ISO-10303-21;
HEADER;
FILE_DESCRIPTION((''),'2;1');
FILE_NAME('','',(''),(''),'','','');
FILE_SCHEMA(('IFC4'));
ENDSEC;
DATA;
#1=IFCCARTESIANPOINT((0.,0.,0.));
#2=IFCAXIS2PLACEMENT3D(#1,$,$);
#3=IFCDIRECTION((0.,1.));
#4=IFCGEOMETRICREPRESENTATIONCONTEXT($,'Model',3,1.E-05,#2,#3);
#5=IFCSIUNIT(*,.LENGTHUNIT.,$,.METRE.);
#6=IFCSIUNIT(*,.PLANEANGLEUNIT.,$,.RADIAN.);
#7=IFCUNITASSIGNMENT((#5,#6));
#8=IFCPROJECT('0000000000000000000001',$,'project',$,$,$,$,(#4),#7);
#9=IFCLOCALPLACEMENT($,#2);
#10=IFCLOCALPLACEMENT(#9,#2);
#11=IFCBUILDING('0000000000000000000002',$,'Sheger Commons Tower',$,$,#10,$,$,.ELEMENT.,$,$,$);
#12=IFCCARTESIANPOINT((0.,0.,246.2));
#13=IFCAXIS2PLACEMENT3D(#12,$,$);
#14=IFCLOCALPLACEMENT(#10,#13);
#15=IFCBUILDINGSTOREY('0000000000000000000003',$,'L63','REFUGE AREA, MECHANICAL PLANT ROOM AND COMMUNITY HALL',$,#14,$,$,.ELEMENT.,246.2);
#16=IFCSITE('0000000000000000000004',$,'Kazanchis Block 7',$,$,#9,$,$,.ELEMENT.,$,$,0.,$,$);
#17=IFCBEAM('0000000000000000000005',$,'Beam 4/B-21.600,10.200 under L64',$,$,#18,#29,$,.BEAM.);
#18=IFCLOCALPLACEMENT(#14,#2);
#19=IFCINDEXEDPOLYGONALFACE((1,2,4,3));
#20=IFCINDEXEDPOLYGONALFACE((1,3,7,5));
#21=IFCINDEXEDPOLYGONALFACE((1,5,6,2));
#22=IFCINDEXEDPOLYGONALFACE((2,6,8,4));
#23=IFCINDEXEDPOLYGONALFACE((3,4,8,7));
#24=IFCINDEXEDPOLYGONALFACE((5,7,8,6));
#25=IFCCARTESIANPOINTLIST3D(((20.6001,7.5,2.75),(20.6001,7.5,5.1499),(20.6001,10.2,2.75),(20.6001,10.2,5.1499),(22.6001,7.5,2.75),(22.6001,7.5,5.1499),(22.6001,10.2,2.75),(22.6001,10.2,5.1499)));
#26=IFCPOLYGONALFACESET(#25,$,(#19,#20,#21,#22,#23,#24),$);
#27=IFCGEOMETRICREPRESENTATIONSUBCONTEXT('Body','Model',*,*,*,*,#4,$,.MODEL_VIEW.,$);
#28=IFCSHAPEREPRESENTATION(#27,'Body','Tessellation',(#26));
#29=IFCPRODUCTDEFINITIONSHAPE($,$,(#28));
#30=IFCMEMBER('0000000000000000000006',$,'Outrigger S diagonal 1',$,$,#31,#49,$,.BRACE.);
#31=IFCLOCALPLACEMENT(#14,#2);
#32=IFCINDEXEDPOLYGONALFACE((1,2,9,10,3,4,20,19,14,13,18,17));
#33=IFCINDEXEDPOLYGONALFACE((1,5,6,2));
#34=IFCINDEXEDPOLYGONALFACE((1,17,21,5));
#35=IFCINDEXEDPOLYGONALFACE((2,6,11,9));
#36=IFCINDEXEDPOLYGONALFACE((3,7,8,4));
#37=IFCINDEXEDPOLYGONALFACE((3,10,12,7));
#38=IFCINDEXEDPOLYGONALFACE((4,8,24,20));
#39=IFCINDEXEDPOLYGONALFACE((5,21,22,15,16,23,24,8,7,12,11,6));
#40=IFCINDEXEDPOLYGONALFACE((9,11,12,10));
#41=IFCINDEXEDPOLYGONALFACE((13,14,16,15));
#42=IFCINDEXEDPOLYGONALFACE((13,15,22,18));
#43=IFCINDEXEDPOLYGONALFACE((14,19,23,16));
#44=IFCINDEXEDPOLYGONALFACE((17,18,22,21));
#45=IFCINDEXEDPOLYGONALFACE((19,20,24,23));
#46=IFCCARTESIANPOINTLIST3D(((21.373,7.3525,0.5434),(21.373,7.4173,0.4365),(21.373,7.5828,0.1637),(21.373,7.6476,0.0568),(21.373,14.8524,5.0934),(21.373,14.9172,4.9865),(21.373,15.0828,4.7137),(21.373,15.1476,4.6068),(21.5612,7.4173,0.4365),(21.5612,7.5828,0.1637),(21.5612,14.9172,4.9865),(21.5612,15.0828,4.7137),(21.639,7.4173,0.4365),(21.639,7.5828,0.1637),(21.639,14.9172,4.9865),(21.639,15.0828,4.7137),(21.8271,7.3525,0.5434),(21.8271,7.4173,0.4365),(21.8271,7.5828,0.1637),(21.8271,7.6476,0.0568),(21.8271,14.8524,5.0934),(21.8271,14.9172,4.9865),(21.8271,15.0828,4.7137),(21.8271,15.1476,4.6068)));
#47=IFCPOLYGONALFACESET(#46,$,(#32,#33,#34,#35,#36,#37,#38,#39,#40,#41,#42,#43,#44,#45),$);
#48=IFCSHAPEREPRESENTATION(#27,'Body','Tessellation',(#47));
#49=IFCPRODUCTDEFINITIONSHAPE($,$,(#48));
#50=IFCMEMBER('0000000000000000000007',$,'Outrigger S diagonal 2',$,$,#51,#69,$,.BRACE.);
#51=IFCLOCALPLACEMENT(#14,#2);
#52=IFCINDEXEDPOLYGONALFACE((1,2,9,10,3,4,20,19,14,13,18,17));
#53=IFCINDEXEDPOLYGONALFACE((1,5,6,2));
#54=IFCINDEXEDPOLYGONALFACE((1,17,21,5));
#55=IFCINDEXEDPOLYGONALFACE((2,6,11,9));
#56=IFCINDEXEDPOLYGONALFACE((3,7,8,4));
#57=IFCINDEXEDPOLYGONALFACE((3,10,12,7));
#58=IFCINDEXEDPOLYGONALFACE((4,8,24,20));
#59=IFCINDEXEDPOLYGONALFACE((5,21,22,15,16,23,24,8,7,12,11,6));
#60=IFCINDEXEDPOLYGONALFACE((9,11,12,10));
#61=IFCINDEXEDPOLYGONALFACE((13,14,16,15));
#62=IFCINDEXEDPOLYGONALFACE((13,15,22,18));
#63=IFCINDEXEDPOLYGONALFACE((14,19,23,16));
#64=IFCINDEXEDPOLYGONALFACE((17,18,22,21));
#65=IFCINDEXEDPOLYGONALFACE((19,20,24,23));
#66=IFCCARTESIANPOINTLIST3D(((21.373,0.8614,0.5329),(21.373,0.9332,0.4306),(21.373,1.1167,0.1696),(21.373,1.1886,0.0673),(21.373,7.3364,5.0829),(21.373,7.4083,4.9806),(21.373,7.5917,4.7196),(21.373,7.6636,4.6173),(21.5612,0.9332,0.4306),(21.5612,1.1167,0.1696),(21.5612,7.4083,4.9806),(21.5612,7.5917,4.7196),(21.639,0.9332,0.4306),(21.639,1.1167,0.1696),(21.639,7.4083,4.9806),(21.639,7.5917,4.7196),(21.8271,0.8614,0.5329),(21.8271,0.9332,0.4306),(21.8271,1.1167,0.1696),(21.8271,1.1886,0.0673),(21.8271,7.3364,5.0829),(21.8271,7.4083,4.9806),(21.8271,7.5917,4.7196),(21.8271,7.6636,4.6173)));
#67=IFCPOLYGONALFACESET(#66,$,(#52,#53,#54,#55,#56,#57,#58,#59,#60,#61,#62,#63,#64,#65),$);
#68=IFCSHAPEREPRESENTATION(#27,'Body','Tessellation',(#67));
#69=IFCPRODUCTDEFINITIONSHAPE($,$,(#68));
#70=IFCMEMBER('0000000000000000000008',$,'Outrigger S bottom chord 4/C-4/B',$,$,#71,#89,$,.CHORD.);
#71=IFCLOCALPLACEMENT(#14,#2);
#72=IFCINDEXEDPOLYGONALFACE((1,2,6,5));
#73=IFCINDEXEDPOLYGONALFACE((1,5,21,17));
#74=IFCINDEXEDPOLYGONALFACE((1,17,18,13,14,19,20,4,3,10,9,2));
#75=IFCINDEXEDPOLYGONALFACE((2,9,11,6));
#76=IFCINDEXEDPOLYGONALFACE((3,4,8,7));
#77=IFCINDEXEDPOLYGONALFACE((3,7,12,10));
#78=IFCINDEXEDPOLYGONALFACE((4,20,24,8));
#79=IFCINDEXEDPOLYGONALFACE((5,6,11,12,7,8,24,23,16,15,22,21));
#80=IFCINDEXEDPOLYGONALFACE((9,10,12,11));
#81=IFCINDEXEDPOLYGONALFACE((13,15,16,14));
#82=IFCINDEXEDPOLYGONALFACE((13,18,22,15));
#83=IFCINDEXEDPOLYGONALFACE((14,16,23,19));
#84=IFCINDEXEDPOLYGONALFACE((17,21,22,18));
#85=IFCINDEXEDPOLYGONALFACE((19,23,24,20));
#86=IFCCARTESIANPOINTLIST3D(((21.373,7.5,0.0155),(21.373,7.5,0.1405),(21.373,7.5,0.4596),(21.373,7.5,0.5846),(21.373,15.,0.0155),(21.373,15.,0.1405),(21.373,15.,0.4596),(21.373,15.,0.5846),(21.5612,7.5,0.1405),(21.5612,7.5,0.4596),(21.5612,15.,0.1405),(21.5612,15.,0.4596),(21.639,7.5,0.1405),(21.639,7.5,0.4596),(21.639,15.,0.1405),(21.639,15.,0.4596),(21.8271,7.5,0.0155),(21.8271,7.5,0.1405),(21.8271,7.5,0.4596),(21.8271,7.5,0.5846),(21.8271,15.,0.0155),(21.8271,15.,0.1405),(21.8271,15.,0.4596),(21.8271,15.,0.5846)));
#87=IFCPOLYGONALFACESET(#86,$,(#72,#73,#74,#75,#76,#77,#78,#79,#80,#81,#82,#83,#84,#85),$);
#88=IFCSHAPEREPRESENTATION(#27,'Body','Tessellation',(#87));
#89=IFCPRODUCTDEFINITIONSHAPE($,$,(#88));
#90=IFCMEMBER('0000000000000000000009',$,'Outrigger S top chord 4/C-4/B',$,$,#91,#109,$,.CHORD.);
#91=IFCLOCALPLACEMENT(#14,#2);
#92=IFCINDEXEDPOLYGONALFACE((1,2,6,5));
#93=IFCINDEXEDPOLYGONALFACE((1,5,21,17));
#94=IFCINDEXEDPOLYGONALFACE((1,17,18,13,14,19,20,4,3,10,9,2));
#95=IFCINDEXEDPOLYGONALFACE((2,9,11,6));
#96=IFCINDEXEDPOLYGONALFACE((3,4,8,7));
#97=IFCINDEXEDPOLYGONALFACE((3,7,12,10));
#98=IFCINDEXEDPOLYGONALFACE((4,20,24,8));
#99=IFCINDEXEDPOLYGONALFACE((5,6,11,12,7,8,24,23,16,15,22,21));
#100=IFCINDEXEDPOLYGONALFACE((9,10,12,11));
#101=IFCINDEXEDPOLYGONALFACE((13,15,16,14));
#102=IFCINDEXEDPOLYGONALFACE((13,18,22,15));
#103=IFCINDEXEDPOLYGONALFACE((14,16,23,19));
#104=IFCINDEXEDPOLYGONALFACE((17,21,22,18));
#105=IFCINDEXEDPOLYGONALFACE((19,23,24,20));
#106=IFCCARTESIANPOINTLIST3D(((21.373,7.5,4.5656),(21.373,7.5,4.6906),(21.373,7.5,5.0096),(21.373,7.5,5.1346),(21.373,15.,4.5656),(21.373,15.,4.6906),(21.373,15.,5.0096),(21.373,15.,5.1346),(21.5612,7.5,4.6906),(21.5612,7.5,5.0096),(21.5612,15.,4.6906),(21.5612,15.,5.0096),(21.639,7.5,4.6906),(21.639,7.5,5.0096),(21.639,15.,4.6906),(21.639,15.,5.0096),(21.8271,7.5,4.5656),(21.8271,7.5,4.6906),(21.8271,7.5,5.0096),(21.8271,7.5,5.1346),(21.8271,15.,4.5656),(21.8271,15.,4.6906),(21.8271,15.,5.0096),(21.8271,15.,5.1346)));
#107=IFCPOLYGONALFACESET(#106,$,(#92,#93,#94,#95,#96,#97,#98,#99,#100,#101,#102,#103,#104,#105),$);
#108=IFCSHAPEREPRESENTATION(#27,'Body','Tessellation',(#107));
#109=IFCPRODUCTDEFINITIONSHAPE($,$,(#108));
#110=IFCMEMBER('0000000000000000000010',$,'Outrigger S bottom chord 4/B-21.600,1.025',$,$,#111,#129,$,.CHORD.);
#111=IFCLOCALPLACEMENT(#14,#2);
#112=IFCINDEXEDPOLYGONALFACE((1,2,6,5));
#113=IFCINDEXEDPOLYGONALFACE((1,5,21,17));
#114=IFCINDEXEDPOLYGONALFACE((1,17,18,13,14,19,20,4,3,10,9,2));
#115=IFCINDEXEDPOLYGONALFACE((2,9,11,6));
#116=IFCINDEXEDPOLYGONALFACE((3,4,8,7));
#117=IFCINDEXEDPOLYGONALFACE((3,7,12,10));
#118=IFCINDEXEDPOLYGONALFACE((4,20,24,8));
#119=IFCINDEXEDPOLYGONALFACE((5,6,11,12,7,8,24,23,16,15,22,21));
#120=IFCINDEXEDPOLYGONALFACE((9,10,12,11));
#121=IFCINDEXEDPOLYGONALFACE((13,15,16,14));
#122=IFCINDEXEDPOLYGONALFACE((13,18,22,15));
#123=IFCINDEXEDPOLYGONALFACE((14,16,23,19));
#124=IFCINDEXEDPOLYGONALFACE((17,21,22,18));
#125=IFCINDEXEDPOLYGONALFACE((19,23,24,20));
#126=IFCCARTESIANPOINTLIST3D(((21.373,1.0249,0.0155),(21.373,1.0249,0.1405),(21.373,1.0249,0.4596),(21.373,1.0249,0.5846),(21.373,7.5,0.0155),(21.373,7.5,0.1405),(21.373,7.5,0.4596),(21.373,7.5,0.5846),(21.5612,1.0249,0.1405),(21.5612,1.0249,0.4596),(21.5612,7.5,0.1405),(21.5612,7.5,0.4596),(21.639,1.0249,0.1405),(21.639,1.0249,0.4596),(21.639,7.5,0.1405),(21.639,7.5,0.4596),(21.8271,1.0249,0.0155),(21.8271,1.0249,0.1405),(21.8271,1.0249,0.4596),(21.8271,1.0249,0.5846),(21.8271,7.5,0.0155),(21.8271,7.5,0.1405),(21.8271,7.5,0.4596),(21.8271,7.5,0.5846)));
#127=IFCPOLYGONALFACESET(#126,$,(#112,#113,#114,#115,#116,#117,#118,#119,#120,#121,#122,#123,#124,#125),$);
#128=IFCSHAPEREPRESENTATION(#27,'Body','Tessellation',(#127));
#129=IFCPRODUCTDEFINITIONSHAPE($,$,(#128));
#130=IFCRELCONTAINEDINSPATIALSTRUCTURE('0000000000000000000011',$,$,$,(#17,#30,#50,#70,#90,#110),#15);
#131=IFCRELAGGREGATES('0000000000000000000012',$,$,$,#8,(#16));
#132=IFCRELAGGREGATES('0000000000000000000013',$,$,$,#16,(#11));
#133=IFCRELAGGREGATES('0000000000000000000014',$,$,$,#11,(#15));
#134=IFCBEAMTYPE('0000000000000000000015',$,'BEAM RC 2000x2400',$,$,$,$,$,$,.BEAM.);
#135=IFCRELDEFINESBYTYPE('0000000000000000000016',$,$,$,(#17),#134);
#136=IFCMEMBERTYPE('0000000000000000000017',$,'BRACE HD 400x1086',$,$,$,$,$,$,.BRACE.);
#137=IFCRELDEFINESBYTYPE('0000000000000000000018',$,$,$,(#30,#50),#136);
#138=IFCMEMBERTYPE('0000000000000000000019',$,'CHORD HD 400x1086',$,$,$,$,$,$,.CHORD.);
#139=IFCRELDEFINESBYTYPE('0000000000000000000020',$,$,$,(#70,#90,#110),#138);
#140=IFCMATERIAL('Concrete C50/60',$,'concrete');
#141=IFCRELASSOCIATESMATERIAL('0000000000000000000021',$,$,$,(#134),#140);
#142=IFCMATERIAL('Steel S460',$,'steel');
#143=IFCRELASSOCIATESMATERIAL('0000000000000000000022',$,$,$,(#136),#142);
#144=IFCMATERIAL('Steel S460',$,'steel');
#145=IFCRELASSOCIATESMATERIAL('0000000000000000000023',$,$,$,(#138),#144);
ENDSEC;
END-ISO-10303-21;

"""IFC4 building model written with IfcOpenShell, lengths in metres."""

from ifc_helpers import new_model, si_unit, direction, frame, origin, origin_2d, place, context, subcontext, project, spatial, rectangle, i_section, extrude, material, material_profile, profile_set, type_object, element, save


model = new_model("IFC4")

# Units and contexts
model_context = context("Model", 3, precision=1e-05, world=origin(), true_north=direction((0.0, 1.0)))
body_context = subcontext(model_context, "Body", "Model", "MODEL_VIEW")
ifc_project = project(units=[si_unit("LENGTHUNIT", "METRE"), si_unit("PLANEANGLEUNIT", "RADIAN")], contexts=[model_context])

# Site, building, storey
site_placement = place(None, origin())
site = spatial("IfcSite", under=ifc_project, at=site_placement, Name="Kazanchis Block 7", CompositionType="ELEMENT", RefElevation=0.0)
building_placement = place(site_placement, origin())
building = spatial("IfcBuilding", under=site, at=building_placement, Name="Sheger Commons Tower", CompositionType="ELEMENT")
storey_placement = place(building_placement, frame((0.0, 0.0, 246.2)))
storey = spatial("IfcBuildingStorey", under=building, at=storey_placement, Name="L63", Description="REFUGE AREA, MECHANICAL PLANT ROOM AND COMMUNITY HALL", CompositionType="ELEMENT", Elevation=246.2)

# Beam
ifc_material_1 = material(Name="Concrete C50/60", Category="concrete")
ifc_material_profile_1 = material_profile(ifc_material_1, rectangle(XDim=2.0, YDim=2.3999, at=origin_2d()), Name="RC 2000x2400")
ifc_profile_set_1 = profile_set([ifc_material_profile_1], Name="Concrete C50/60")
beam_type = type_object("IfcBeamType", Name="BEAM RC 2000x2400", PredefinedType="BEAM", material=ifc_profile_set_1)
beam_placement = place(storey_placement, frame((21.6001, 7.5, 3.95), z_axis=(0.0, 1.0, 0.0), x_axis=(-1.0, 0.0, 0.0)))
element("IfcBeam", 1, at=beam_placement, inside=storey, type_object=beam_type, Name="Beam 4/B-21.600,10.200 under L64", PredefinedType="BEAM", context=body_context, shape_type="SweptSolid", body=[
    extrude(rectangle(XDim=2.0, YDim=2.3999, at=origin_2d()), origin(), (0.0, 0.0, 1.0), 2.7),
])

# Members
ifc_material_2 = material(Name="Steel S460", Category="steel")
ifc_material_profile_2 = material_profile(ifc_material_2, i_section(OverallWidth=0.4541, OverallDepth=0.5691, WebThickness=0.0779, FlangeThickness=0.125, at=origin_2d()), Name="HD 400x1086")
ifc_profile_set_2 = profile_set([ifc_material_profile_2], Name="Steel S460")
member_type_1 = type_object("IfcMemberType", Name="BRACE HD 400x1086", PredefinedType="BRACE", material=ifc_profile_set_2)
member_1_placement = place(storey_placement, frame((21.6001, 15.0, 4.8501), z_axis=(0.0, -0.854966, -0.518685), x_axis=(1.0, 0.0, 0.0)))
element("IfcMember", 2, at=member_1_placement, inside=storey, type_object=member_type_1, Name="Outrigger S diagonal 1", PredefinedType="BRACE", context=body_context, shape_type="SweptSolid", body=[
    extrude(i_section(OverallWidth=0.4541, OverallDepth=0.5691, WebThickness=0.0779, FlangeThickness=0.125, at=origin_2d()), origin(), (0.0, 0.0, 1.0), 8.7722),
])
member_2_placement = place(storey_placement, frame((21.6001, 7.5, 4.8501), z_axis=(0.0, -0.818193, -0.574944), x_axis=(1.0, 0.0, 0.0)))
element("IfcMember", 3, at=member_2_placement, inside=storey, type_object=member_type_1, Name="Outrigger S diagonal 2", PredefinedType="BRACE", context=body_context, shape_type="SweptSolid", body=[
    extrude(i_section(OverallWidth=0.4541, OverallDepth=0.5691, WebThickness=0.0779, FlangeThickness=0.125, at=origin_2d()), origin(), (0.0, 0.0, 1.0), 7.9138),
])
ifc_material_3 = material(Name="Steel S460", Category="steel")
ifc_material_profile_3 = material_profile(ifc_material_3, i_section(OverallWidth=0.4541, OverallDepth=0.5691, WebThickness=0.0779, FlangeThickness=0.125, at=origin_2d()), Name="HD 400x1086")
ifc_profile_set_3 = profile_set([ifc_material_profile_3], Name="Steel S460")
member_type_2 = type_object("IfcMemberType", Name="CHORD HD 400x1086", PredefinedType="CHORD", material=ifc_profile_set_3)
for number, where, z_axis, x_axis, name in (
    (4, (21.6001, 15.0, 0.3), (0.0, -1.0, 0.0), (1.0, 0.0, 0.0), "Outrigger S bottom chord 4/C-4/B"),
    (5, (21.6001, 15.0, 4.8501), (0.0, -1.0, 0.0), (1.0, 0.0, 0.0), "Outrigger S top chord 4/C-4/B"),
):
    element("IfcMember", number, at=place(storey_placement, frame(where, z_axis=z_axis, x_axis=x_axis)), inside=storey, type_object=member_type_2, Name=name, PredefinedType="CHORD", context=body_context, shape_type="SweptSolid", body=[
        extrude(i_section(OverallWidth=0.4541, OverallDepth=0.5691, WebThickness=0.0779, FlangeThickness=0.125, at=origin_2d()), origin(), (0.0, 0.0, 1.0), 7.5),
    ])
member_3_placement = place(storey_placement, frame((21.6001, 7.5, 0.3), z_axis=(0.0, -1.0, 0.0), x_axis=(1.0, 0.0, 0.0)))
element("IfcMember", 6, at=member_3_placement, inside=storey, type_object=member_type_2, Name="Outrigger S bottom chord 4/B-21.600,1.025", PredefinedType="CHORD", context=body_context, shape_type="SweptSolid", body=[
    extrude(i_section(OverallWidth=0.4541, OverallDepth=0.5691, WebThickness=0.0779, FlangeThickness=0.125, at=origin_2d()), origin(), (0.0, 0.0, 1.0), 6.4751),
])

save(model, "model.ifc")
